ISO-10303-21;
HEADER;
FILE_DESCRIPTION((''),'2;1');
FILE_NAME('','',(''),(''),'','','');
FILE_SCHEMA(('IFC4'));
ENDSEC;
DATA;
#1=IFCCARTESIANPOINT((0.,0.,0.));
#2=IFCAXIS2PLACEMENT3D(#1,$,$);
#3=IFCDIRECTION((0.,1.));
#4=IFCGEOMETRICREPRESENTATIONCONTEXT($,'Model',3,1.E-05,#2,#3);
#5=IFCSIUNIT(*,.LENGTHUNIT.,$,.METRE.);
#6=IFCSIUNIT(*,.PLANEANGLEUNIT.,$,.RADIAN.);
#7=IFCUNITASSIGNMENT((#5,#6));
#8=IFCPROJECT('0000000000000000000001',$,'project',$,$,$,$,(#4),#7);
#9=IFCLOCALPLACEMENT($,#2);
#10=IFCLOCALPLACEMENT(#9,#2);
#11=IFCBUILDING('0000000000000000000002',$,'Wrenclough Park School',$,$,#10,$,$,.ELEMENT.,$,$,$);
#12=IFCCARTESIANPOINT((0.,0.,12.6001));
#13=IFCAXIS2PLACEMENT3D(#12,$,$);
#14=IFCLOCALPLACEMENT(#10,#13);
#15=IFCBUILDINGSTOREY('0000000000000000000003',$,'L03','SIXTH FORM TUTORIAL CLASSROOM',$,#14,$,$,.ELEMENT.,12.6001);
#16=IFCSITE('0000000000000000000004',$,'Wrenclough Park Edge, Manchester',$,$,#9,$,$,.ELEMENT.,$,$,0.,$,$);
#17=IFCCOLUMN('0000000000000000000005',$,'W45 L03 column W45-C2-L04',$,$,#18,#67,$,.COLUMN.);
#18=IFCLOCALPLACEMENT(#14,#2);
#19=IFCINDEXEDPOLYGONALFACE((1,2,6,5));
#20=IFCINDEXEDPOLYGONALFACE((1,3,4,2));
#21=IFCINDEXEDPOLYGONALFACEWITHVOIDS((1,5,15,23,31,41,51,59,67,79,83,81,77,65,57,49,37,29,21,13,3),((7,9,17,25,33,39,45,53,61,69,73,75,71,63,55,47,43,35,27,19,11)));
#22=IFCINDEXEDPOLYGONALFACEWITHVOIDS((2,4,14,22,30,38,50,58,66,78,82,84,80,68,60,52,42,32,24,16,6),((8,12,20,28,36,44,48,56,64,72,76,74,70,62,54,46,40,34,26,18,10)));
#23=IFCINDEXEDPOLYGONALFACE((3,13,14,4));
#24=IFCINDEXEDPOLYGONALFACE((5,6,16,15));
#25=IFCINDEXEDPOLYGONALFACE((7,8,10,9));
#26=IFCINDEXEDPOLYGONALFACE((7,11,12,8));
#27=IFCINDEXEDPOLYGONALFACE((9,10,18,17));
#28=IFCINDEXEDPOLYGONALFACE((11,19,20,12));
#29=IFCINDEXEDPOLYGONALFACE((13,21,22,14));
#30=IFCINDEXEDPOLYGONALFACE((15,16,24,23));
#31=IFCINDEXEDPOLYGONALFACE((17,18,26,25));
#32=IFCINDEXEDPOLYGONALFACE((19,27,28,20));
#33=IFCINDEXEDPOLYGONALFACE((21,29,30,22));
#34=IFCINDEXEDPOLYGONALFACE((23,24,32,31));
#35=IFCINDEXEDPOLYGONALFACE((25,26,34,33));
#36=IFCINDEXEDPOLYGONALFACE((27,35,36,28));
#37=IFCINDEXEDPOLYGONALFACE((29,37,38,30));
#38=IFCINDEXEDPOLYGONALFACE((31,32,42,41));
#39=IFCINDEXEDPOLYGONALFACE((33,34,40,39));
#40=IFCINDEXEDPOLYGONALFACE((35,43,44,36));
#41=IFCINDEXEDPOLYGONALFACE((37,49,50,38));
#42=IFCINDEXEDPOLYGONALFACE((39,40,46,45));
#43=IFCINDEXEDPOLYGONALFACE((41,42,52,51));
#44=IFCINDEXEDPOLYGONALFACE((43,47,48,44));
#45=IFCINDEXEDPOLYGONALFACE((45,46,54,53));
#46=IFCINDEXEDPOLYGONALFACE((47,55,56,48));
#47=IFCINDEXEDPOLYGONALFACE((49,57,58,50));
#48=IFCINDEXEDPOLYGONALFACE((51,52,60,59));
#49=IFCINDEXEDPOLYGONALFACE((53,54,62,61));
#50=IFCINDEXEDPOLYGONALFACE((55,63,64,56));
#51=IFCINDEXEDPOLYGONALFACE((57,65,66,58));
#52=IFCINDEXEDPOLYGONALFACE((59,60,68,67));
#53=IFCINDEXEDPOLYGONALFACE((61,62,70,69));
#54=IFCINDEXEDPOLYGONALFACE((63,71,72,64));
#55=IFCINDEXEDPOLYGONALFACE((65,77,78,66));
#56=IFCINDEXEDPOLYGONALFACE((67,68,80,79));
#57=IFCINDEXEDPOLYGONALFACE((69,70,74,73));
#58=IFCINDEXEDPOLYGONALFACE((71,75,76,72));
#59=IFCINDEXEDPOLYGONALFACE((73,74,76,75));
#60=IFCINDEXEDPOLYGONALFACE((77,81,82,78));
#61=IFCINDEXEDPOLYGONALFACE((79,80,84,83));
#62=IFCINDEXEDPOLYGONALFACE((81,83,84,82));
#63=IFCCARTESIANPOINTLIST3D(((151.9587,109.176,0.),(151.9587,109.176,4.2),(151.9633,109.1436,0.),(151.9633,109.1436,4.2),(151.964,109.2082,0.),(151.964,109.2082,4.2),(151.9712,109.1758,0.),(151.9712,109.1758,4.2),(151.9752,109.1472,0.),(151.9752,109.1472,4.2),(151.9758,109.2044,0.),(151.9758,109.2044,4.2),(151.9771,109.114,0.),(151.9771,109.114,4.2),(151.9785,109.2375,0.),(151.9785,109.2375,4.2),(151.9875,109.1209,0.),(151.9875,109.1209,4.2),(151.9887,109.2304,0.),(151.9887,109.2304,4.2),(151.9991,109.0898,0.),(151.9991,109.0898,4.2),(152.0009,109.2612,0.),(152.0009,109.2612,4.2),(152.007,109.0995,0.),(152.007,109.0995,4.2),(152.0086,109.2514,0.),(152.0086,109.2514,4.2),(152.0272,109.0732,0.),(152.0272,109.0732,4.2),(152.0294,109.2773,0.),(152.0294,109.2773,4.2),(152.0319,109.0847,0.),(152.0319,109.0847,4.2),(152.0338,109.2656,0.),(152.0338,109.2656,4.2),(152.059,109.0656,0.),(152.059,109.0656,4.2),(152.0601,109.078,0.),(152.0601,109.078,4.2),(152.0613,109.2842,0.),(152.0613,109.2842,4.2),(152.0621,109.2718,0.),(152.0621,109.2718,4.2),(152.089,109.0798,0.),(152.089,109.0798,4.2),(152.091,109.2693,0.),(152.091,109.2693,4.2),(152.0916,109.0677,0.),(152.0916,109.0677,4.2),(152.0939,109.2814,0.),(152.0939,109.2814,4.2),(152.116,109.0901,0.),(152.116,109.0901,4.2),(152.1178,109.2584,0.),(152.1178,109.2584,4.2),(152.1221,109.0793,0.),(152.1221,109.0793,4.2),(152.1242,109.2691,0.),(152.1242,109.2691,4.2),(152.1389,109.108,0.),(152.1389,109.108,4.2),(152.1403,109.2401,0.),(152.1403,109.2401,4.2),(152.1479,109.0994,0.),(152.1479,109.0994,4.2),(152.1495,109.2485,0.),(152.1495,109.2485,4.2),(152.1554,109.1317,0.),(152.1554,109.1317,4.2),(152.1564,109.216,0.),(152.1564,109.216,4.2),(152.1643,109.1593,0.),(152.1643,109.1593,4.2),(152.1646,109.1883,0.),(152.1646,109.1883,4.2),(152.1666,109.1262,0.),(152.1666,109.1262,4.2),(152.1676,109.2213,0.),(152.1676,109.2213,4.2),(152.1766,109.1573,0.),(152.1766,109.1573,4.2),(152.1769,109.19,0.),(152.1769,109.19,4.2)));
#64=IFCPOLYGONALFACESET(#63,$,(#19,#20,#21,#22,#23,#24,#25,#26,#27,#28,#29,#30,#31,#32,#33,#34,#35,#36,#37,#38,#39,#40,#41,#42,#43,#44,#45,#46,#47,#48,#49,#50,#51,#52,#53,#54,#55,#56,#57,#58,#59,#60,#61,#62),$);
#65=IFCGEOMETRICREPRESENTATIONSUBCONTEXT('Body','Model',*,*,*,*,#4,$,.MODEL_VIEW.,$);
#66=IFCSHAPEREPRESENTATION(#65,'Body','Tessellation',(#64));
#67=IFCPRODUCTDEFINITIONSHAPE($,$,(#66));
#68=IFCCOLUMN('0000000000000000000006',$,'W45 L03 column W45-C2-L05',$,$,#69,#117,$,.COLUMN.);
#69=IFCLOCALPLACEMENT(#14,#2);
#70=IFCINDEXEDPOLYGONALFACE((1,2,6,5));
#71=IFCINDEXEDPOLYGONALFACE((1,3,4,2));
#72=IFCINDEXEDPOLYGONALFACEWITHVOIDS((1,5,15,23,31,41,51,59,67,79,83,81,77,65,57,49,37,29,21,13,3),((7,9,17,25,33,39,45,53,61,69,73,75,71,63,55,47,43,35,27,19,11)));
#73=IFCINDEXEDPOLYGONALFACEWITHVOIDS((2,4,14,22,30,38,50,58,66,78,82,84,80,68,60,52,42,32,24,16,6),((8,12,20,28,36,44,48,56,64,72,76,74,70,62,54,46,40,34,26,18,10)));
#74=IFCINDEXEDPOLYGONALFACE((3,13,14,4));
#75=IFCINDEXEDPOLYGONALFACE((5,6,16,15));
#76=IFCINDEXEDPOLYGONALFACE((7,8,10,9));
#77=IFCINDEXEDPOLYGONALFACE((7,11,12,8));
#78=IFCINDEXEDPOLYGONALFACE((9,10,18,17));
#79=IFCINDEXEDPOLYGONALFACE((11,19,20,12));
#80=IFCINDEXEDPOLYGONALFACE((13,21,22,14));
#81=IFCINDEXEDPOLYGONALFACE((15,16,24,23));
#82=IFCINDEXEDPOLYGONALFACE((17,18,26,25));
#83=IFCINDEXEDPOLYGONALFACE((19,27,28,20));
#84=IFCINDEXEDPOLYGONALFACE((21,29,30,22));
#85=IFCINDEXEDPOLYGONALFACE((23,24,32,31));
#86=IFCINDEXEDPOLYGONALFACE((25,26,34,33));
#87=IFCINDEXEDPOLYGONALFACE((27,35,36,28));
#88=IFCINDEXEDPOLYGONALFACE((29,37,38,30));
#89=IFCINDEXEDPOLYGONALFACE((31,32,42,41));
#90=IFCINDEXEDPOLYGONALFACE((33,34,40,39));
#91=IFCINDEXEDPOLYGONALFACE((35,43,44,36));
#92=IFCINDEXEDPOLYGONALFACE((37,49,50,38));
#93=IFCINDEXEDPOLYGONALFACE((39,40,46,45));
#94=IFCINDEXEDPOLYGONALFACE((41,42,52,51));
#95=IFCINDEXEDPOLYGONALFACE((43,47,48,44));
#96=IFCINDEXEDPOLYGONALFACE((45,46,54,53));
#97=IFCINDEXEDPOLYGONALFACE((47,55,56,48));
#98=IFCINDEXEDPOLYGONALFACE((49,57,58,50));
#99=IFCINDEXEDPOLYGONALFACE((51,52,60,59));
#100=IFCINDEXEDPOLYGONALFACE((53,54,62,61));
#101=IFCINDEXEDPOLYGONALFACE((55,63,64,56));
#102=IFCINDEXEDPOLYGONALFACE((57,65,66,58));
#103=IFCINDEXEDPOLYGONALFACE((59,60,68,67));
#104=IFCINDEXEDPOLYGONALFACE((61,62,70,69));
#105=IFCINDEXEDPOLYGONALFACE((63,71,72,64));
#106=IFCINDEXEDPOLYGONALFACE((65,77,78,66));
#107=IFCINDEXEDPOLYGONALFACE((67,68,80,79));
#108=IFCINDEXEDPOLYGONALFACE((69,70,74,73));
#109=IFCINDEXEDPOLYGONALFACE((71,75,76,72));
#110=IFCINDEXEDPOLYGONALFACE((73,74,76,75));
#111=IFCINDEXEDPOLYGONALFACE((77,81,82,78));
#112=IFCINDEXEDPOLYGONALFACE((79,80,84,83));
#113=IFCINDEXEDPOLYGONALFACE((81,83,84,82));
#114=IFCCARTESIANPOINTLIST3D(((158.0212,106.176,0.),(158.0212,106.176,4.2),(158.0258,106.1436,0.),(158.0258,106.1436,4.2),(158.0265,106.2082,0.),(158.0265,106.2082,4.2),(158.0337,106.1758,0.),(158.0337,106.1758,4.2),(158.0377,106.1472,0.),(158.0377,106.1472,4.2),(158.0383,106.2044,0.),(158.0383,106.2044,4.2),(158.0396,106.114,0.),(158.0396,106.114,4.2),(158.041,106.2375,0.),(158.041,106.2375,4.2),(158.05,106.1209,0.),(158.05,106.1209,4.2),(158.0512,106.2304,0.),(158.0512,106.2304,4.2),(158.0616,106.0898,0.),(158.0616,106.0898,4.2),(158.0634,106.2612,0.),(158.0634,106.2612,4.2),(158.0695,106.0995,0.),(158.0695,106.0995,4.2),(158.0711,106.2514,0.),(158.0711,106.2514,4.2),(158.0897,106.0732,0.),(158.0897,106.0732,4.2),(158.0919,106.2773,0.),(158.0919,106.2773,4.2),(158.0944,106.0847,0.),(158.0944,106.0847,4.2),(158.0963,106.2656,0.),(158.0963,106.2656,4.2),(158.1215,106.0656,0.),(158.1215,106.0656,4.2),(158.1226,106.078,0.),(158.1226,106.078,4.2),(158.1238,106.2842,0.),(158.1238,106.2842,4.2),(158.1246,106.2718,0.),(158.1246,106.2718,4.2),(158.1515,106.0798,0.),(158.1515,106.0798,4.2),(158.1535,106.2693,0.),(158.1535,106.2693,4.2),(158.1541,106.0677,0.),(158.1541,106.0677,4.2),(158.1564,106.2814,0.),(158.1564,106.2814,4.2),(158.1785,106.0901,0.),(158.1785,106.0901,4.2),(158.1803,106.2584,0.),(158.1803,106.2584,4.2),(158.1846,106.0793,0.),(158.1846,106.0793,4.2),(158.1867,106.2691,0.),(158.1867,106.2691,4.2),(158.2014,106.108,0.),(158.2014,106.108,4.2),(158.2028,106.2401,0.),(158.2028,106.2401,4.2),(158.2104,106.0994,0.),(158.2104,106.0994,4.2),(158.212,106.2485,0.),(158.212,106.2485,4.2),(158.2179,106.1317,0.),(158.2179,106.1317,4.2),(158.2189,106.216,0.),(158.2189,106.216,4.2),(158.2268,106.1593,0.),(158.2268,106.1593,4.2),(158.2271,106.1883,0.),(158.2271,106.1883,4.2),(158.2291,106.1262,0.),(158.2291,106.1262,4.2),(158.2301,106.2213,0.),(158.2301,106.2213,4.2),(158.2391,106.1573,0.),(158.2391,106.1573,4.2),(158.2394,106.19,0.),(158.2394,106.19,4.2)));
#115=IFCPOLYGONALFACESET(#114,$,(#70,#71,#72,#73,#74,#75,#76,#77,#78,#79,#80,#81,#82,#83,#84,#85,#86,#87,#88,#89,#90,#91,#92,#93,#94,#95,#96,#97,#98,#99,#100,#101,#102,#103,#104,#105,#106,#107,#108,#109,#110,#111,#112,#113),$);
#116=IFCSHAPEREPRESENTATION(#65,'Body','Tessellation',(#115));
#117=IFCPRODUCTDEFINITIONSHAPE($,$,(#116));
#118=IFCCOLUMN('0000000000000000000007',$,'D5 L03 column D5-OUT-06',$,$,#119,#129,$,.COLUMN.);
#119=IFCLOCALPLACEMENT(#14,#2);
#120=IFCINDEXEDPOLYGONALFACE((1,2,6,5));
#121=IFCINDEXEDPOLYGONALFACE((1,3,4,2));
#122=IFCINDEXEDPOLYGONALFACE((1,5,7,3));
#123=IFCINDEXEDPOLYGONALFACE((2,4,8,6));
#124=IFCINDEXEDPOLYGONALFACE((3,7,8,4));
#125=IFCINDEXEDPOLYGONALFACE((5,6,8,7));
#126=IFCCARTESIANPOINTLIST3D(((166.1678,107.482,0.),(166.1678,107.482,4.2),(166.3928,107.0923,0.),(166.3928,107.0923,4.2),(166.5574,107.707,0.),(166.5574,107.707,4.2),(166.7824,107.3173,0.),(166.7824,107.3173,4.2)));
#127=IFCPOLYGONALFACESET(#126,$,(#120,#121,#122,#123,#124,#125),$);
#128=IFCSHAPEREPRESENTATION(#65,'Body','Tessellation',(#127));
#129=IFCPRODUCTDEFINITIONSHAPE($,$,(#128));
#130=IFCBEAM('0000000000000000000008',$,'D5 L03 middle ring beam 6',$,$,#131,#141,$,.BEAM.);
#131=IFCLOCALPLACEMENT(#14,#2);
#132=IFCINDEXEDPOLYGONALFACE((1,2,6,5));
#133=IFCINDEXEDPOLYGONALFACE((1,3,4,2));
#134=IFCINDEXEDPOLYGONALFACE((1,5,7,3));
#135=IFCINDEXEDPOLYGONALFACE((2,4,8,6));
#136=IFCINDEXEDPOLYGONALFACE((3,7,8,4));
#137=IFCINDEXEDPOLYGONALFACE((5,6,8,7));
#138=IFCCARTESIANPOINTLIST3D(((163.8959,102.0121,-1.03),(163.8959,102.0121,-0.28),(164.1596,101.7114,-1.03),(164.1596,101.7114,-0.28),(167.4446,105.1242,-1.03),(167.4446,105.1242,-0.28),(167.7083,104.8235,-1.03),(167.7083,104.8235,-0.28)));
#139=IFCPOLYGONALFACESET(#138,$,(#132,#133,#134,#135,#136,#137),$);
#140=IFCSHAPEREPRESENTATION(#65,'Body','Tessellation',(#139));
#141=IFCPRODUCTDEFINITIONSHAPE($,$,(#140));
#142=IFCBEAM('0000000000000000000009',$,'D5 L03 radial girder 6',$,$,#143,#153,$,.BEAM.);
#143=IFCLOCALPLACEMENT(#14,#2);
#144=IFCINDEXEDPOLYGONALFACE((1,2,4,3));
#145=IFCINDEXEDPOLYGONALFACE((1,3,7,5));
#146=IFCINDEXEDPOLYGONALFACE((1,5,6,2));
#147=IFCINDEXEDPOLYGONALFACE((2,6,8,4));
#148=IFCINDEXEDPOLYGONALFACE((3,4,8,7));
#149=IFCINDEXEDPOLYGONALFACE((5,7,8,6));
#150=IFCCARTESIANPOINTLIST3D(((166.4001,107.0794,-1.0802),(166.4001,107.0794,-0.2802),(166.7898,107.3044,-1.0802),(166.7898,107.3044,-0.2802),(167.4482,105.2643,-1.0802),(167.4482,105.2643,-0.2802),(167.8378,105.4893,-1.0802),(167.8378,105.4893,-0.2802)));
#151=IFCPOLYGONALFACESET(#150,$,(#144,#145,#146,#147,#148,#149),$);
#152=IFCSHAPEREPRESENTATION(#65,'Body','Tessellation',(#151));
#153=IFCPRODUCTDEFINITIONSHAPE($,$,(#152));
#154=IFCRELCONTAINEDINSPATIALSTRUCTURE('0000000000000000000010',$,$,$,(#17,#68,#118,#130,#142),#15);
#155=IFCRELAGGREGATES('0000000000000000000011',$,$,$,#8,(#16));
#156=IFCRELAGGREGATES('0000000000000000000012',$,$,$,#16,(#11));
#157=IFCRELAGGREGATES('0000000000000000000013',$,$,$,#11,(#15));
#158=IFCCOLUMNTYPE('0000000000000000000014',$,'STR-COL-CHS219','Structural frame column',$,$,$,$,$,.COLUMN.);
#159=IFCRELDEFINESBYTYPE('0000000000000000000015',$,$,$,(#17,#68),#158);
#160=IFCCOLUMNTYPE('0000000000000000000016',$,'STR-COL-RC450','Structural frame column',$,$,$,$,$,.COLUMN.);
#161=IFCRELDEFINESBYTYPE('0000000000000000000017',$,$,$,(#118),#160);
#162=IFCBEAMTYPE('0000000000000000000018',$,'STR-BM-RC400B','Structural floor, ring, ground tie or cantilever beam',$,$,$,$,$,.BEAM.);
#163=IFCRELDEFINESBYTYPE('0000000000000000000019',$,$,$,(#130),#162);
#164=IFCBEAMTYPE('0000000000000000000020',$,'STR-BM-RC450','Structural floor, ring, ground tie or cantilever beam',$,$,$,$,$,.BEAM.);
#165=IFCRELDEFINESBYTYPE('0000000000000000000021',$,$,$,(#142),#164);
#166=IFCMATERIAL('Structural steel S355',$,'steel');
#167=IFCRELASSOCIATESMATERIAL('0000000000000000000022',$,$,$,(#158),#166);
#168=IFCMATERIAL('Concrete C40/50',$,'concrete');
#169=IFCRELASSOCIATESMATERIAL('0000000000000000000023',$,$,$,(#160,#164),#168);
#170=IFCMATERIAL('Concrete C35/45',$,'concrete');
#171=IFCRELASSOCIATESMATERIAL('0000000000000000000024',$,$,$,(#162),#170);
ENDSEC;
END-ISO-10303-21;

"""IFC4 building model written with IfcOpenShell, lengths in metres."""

from ifc_helpers import new_model, si_unit, direction, frame, origin, origin_2d, place, context, subcontext, project, spatial, rectangle, hollow_circle, extrude, material, material_profile, profile_set, type_object, element, save


model = new_model("IFC4")

# Units and contexts
model_context = context("Model", 3, precision=1e-05, world=origin(), true_north=direction((0.0, 1.0)))
body_context = subcontext(model_context, "Body", "Model", "MODEL_VIEW")
ifc_project = project(units=[si_unit("LENGTHUNIT", "METRE"), si_unit("PLANEANGLEUNIT", "RADIAN")], contexts=[model_context])

# Site, building, storey
site_placement = place(None, origin())
site = spatial("IfcSite", under=ifc_project, at=site_placement, Name="Wrenclough Park Edge, Manchester", CompositionType="ELEMENT", RefElevation=0.0)
building_placement = place(site_placement, origin())
building = spatial("IfcBuilding", under=site, at=building_placement, Name="Wrenclough Park School", CompositionType="ELEMENT")
storey_placement = place(building_placement, frame((0.0, 0.0, 12.6001)))
storey = spatial("IfcBuildingStorey", under=building, at=storey_placement, Name="L03", Description="SIXTH FORM TUTORIAL CLASSROOM", CompositionType="ELEMENT", Elevation=12.6001)

# Columns
ifc_material_1 = material(Name="Structural steel S355", Category="steel")
ifc_material_profile_1 = material_profile(ifc_material_1, hollow_circle(Radius=0.1096, WallThickness=0.0125, at=origin_2d()), Name="CHS 219.1x12.5")
ifc_profile_set_1 = profile_set([ifc_material_profile_1], Name="Structural steel S355")
column_type_1 = type_object("IfcColumnType", Name="STR-COL-CHS219", Description="Structural frame column", PredefinedType="COLUMN", material=ifc_profile_set_1)
for number, where, z_axis, x_axis, name in (
    (1, (152.0684, 109.1748, 0.0), (0.0, 0.0, 1.0), (0.896254, -0.443541, 0.0), "W45 L03 column W45-C2-L04"),
    (2, (158.1309, 106.1748, 0.0), (0.0, 0.0, 1.0), (0.896254, -0.443541, 0.0), "W45 L03 column W45-C2-L05"),
):
    element("IfcColumn", number, at=place(storey_placement, frame(where, z_axis=z_axis, x_axis=x_axis)), inside=storey, type_object=column_type_1, Name=name, PredefinedType="COLUMN", context=body_context, shape_type="SweptSolid", body=[
        extrude(hollow_circle(Radius=0.1096, WallThickness=0.0125, at=origin_2d()), origin(), (0.0, 0.0, 1.0), 4.2),
    ])
ifc_material_2 = material(Name="Concrete C40/50", Category="concrete")
ifc_material_profile_2 = material_profile(ifc_material_2, rectangle(XDim=0.45, YDim=0.45, at=origin_2d()), Name="RC COL 450x450")
ifc_profile_set_2 = profile_set([ifc_material_profile_2], Name="Concrete C40/50")
column_type_2 = type_object("IfcColumnType", Name="STR-COL-RC450", Description="Structural frame column", PredefinedType="COLUMN", material=ifc_profile_set_2)
column_placement = place(storey_placement, frame((166.4751, 107.3997, 0.0), z_axis=(0.0, 0.0, 1.0), x_axis=(-0.866025, -0.5, 0.0)))
element("IfcColumn", 3, at=column_placement, inside=storey, type_object=column_type_2, Name="D5 L03 column D5-OUT-06", PredefinedType="COLUMN", context=body_context, shape_type="SweptSolid", body=[
    extrude(rectangle(XDim=0.45, YDim=0.45, at=origin_2d()), origin(), (0.0, 0.0, 1.0), 4.2),
])

# Beams
ifc_material_3 = material(Name="Concrete C35/45", Category="concrete")
ifc_material_profile_3 = material_profile(ifc_material_3, rectangle(XDim=0.3999, YDim=0.75, at=origin_2d()), Name="RC BEAM 400x750")
ifc_profile_set_3 = profile_set([ifc_material_profile_3], Name="Concrete C35/45")
beam_type_1 = type_object("IfcBeamType", Name="STR-BM-RC400B", Description="Structural floor, ring, ground tie or cantilever beam", PredefinedType="BEAM", material=ifc_profile_set_3)
beam_1_placement = place(storey_placement, frame((167.5764, 104.9739, -0.655), z_axis=(-0.751836, -0.65935, 0.0), x_axis=(0.65935, -0.751836, 0.0)))
element("IfcBeam", 4, at=beam_1_placement, inside=storey, type_object=beam_type_1, Name="D5 L03 middle ring beam 6", PredefinedType="BEAM", context=body_context, shape_type="SweptSolid", body=[
    extrude(rectangle(XDim=0.3999, YDim=0.75, at=origin_2d()), origin(), (0.0, 0.0, 1.0), 4.72),
])
ifc_material_profile_4 = material_profile(ifc_material_2, rectangle(XDim=0.45, YDim=0.8, at=origin_2d()), Name="RC BEAM 450x800")
ifc_profile_set_4 = profile_set([ifc_material_profile_4], Name="Concrete C40/50")
beam_type_2 = type_object("IfcBeamType", Name="STR-BM-RC450", Description="Structural floor, ring, ground tie or cantilever beam", PredefinedType="BEAM", material=ifc_profile_set_4)
beam_2_placement = place(storey_placement, frame((166.595, 107.1919, -0.6802), z_axis=(0.500035, -0.866005, 0.0), x_axis=(0.866005, 0.500035, 0.0)))
element("IfcBeam", 5, at=beam_2_placement, inside=storey, type_object=beam_type_2, Name="D5 L03 radial girder 6", PredefinedType="BEAM", context=body_context, shape_type="SweptSolid", body=[
    extrude(rectangle(XDim=0.45, YDim=0.8, at=origin_2d()), origin(), (0.0, 0.0, 1.0), 2.0959),
])

save(model, "model.ifc")
